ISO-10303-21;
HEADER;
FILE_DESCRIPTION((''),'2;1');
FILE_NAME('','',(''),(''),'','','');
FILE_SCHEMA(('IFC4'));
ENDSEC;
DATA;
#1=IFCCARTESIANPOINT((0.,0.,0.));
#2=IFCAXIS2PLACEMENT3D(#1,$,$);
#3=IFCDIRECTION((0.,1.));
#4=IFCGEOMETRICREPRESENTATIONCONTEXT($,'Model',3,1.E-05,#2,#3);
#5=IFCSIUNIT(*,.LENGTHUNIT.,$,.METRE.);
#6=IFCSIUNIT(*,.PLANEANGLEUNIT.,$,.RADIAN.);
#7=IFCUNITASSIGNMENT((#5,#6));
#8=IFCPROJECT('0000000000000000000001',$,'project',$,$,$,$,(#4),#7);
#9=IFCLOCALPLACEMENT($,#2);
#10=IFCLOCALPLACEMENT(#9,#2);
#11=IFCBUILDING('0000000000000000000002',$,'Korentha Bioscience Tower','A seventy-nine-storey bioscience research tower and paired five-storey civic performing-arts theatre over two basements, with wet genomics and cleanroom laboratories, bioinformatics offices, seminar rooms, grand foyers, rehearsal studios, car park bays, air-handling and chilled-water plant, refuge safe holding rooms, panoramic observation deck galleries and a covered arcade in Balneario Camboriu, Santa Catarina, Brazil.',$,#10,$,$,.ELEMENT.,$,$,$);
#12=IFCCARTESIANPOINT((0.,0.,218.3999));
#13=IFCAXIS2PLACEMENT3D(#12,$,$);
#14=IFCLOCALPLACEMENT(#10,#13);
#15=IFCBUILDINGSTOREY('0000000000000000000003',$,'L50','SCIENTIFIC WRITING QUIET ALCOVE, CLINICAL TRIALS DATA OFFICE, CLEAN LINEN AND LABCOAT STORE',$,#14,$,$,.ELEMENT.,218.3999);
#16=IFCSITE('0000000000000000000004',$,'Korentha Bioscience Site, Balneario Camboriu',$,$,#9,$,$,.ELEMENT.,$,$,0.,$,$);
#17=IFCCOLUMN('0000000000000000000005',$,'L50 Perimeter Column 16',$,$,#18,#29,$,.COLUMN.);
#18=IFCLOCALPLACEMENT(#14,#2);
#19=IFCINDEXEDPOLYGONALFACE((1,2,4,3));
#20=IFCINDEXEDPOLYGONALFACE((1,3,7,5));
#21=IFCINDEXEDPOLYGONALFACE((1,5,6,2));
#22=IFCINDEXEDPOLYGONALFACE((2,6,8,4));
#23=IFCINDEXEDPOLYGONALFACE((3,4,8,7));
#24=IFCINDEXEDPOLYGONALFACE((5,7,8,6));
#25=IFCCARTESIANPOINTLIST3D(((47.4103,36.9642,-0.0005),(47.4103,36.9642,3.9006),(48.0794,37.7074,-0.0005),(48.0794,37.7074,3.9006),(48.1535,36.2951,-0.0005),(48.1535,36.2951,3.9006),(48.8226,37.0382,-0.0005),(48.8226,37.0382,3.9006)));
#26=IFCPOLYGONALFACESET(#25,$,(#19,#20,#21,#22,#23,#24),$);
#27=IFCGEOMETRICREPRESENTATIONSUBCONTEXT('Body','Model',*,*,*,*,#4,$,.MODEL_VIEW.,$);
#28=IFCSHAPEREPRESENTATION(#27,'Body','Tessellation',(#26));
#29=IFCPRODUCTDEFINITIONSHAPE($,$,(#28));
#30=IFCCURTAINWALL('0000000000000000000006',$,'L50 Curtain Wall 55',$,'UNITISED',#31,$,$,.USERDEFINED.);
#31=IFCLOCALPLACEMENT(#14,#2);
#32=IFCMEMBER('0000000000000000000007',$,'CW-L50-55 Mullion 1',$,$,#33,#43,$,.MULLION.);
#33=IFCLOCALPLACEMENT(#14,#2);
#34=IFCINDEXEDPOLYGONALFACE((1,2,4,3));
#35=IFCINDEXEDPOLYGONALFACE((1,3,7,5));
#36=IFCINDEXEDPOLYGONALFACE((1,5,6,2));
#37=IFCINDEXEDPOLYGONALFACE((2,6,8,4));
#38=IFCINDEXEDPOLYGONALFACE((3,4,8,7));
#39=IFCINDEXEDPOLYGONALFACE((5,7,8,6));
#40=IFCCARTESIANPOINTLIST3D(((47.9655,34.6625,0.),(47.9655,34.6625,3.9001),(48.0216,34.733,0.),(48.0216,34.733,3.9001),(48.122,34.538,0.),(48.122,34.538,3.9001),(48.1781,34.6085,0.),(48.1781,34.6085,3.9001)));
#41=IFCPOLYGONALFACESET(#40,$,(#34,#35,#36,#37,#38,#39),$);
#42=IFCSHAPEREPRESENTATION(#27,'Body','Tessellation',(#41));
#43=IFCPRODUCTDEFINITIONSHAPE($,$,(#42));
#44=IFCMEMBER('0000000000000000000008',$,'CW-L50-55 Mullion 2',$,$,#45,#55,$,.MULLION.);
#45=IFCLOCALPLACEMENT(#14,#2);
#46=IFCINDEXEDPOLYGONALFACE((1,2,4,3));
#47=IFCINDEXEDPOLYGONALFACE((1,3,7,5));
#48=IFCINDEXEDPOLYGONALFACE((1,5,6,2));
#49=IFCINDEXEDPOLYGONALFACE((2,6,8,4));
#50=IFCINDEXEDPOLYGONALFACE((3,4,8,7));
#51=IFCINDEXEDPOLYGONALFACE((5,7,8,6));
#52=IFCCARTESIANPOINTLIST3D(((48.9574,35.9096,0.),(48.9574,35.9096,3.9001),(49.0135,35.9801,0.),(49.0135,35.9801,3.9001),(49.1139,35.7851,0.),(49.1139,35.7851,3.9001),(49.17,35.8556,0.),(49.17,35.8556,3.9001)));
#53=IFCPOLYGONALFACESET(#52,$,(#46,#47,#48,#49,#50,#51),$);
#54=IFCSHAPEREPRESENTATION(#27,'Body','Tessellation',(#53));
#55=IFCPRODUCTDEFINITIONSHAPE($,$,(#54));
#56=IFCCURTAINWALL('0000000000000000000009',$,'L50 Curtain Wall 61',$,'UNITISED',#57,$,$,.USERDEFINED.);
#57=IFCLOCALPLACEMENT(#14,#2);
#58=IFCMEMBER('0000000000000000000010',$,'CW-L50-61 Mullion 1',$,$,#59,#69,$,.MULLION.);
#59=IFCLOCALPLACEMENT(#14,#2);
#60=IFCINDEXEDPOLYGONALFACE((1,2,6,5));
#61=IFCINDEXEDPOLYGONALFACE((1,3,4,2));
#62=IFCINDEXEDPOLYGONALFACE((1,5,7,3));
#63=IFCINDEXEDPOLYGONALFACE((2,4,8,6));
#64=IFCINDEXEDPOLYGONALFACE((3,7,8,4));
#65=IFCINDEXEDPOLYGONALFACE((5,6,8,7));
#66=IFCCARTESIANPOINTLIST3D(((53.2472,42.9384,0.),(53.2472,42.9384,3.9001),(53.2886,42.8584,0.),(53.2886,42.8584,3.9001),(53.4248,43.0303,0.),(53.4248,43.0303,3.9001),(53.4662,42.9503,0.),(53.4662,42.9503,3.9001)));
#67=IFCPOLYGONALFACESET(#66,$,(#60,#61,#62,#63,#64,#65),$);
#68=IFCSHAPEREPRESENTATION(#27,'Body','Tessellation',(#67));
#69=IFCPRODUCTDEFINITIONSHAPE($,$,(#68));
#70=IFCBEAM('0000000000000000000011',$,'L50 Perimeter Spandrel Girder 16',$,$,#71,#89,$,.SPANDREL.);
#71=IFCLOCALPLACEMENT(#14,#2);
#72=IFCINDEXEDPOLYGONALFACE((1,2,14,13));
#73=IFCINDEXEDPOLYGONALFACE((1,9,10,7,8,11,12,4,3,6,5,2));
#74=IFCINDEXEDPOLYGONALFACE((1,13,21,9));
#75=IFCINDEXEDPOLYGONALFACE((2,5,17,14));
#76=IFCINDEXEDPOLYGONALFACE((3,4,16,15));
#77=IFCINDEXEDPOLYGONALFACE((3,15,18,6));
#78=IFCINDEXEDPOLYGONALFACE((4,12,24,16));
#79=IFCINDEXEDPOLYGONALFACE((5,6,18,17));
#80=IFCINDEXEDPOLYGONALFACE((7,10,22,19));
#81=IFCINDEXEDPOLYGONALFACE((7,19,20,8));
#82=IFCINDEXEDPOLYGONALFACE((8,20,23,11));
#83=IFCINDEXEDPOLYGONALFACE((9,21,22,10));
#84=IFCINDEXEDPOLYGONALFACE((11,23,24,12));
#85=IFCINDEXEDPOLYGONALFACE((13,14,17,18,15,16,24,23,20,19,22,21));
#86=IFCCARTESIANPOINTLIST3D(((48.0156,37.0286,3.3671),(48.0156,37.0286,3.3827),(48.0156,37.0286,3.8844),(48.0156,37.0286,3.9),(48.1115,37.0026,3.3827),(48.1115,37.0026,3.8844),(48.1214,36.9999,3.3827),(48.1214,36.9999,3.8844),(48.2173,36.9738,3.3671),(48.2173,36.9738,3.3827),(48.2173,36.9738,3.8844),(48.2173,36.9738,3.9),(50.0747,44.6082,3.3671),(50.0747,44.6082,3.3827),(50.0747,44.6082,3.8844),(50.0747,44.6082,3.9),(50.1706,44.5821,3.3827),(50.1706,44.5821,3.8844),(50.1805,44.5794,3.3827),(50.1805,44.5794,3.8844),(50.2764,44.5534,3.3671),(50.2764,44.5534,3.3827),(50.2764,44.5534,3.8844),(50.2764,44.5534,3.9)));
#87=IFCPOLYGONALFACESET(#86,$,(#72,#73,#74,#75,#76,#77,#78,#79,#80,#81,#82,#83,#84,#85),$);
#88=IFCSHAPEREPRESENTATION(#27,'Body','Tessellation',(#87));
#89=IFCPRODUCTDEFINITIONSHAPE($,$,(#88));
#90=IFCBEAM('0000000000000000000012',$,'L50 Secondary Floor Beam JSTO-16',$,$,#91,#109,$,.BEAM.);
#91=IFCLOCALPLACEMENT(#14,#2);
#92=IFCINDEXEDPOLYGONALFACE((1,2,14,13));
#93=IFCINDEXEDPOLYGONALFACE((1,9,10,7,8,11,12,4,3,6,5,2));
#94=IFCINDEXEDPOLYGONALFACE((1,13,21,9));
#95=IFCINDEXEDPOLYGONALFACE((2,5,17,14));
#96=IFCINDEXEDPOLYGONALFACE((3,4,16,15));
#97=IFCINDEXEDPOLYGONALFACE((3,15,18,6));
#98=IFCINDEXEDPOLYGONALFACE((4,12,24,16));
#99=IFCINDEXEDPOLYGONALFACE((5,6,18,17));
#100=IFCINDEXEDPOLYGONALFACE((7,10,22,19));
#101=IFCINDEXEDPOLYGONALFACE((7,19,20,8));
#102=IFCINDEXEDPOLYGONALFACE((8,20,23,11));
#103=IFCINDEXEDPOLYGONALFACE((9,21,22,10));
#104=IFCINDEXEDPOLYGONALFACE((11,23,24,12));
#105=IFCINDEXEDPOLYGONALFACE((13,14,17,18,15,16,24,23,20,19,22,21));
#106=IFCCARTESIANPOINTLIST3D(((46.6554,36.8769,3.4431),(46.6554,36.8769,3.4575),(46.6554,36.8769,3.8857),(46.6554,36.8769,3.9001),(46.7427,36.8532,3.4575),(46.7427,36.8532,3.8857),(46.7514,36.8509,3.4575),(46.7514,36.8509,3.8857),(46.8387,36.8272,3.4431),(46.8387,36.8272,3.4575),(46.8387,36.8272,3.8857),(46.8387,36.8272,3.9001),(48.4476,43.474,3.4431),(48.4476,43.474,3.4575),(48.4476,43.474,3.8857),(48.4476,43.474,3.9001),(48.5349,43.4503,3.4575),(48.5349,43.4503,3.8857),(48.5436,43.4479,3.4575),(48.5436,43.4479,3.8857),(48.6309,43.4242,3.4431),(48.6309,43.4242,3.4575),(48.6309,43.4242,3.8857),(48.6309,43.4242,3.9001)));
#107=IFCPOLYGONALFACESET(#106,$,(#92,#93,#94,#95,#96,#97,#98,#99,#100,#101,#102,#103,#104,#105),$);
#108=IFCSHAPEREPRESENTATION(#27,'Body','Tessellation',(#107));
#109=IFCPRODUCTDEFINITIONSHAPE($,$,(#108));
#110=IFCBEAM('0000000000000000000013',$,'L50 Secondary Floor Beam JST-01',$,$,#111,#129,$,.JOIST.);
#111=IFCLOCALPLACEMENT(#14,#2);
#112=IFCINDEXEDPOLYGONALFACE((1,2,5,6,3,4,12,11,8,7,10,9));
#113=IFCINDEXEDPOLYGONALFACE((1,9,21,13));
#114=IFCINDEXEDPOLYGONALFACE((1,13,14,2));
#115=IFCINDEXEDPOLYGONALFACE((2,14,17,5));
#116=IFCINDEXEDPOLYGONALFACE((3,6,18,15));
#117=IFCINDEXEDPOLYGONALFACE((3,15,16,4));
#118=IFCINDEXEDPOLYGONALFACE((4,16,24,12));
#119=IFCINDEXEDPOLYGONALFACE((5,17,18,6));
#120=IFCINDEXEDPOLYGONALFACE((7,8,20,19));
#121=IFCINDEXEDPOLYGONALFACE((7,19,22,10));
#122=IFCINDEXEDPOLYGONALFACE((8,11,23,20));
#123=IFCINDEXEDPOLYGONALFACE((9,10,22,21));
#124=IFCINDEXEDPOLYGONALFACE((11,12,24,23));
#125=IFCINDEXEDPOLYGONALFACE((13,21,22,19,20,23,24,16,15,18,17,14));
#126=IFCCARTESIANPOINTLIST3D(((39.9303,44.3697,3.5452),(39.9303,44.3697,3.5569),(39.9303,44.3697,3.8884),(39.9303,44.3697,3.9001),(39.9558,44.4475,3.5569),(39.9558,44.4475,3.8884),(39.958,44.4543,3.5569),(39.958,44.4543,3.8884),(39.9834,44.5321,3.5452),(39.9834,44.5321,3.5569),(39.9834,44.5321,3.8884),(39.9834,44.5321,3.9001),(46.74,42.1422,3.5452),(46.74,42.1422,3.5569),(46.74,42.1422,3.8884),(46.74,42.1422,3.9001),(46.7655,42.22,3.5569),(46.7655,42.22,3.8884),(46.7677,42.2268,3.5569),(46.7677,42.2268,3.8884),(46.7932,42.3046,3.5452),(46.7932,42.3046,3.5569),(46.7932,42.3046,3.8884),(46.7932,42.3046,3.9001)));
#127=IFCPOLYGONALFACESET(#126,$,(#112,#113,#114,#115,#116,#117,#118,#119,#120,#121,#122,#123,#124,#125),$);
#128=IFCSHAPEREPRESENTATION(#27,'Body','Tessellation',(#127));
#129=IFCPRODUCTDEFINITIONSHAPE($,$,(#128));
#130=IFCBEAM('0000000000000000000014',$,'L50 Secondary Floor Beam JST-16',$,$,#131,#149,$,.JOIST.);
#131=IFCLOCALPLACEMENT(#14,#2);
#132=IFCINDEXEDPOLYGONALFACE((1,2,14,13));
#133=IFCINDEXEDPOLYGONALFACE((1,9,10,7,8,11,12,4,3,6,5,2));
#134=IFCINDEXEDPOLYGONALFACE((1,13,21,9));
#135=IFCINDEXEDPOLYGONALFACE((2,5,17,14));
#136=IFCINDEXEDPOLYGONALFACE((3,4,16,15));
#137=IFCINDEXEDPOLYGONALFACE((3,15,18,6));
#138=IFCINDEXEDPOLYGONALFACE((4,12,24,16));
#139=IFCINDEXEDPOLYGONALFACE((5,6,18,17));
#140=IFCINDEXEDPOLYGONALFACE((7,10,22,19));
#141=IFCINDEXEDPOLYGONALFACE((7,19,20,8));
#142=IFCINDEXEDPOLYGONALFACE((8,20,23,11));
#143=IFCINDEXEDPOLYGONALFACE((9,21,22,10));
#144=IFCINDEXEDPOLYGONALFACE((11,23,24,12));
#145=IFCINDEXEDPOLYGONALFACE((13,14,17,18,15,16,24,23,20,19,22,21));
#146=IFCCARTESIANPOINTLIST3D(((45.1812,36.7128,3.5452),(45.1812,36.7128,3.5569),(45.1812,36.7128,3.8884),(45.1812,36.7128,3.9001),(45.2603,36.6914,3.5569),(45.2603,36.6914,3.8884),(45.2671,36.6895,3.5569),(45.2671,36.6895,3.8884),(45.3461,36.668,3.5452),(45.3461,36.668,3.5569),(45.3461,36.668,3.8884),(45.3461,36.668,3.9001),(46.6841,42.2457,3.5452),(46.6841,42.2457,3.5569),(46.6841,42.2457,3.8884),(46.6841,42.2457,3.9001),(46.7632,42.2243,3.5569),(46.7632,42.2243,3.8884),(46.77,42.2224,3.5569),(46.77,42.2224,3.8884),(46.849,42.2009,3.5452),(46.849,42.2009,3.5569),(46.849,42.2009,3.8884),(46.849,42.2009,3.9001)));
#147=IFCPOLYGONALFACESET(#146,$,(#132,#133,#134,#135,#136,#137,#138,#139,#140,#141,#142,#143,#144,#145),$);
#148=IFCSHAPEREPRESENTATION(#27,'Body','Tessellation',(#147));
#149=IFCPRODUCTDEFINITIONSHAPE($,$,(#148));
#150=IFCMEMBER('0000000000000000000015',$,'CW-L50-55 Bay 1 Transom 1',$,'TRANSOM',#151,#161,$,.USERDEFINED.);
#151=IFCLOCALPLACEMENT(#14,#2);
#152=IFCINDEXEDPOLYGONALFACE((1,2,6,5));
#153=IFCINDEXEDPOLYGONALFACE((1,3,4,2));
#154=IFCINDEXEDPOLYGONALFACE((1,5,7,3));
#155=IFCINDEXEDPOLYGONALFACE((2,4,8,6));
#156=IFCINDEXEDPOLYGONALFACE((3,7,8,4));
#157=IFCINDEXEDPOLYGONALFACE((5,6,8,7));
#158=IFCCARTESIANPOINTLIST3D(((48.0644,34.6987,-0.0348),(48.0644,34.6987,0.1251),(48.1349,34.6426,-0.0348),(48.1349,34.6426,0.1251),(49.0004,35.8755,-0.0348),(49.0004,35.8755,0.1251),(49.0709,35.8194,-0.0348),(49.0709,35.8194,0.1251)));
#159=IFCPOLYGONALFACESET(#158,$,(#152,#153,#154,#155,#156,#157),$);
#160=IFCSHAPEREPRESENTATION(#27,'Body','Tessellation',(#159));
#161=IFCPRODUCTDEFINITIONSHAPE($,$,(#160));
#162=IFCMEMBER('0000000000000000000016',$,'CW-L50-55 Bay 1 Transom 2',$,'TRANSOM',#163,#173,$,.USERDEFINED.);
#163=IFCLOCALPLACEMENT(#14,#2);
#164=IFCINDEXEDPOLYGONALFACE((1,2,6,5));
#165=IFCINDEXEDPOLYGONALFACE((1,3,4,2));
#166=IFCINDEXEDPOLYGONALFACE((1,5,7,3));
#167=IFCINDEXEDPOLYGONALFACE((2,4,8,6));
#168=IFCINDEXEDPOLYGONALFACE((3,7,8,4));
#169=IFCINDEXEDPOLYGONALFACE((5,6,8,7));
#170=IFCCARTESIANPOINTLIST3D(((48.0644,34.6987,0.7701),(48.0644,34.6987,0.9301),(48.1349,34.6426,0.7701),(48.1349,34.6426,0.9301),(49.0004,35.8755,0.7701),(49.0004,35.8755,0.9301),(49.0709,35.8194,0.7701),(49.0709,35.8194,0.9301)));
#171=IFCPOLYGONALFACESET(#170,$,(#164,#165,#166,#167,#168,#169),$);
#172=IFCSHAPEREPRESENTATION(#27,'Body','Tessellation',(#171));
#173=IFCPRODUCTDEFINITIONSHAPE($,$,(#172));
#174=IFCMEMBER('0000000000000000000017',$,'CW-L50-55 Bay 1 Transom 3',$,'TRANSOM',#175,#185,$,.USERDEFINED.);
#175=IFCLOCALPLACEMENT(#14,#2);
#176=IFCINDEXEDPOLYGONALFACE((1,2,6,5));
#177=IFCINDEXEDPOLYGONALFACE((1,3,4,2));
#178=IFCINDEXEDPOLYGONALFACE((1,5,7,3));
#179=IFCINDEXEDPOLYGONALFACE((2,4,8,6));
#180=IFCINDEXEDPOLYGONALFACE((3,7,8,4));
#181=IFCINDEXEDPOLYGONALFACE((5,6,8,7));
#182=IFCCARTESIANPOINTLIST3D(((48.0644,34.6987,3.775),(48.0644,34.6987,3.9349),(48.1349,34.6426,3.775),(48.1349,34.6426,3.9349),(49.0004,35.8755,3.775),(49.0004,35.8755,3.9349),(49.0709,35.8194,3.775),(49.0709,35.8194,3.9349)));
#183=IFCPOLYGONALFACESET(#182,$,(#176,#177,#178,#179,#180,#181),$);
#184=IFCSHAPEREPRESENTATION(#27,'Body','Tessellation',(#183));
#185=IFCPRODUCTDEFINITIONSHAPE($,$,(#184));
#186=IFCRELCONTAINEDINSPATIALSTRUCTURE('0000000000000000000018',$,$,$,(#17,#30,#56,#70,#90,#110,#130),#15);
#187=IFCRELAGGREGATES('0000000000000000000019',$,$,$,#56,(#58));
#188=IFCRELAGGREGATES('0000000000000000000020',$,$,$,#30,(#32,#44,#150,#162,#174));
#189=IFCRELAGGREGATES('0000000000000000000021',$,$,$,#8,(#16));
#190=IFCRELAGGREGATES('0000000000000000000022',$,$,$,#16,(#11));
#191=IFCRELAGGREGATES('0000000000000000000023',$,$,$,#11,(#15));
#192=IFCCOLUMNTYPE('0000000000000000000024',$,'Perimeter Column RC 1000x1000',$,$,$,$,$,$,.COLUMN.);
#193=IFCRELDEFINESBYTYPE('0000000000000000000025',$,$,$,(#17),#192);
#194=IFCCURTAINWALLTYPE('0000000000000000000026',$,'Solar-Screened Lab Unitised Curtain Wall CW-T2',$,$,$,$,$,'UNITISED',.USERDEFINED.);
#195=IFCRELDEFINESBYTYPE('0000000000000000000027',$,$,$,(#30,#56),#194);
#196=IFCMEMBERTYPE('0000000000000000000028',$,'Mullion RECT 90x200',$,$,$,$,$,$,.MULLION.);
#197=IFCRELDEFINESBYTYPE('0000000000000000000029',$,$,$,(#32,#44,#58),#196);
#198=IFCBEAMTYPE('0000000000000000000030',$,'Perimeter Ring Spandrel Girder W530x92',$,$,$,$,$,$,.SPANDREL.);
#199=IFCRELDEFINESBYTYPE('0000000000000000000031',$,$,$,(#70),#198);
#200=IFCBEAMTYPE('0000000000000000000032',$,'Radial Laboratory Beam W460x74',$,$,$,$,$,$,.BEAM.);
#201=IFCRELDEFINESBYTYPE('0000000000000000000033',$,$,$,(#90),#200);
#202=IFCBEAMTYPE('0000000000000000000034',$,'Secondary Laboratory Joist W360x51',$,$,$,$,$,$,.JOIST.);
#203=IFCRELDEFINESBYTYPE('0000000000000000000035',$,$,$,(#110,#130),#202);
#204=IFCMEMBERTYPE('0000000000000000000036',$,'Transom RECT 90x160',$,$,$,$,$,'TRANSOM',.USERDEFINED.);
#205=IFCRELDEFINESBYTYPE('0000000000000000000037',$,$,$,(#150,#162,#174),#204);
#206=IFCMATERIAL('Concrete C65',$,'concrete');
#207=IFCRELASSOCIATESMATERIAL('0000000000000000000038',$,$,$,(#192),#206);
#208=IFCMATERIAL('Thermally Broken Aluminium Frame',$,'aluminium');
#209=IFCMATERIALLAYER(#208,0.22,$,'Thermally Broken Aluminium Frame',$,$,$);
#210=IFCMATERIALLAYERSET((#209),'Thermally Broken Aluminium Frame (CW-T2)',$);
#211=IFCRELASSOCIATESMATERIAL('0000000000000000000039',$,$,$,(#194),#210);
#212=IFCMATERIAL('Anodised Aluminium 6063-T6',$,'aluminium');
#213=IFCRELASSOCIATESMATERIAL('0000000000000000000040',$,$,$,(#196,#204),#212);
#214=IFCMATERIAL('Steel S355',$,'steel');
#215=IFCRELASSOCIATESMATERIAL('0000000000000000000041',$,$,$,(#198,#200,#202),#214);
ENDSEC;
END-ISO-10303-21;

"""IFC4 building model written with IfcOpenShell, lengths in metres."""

from ifc_helpers import new_model, si_unit, direction, frame, origin, origin_2d, place, context, subcontext, project, spatial, rectangle, i_section, extrude, material, layer, layer_set, material_profile, profile_set, type_object, element, aggregate, save


model = new_model("IFC4")

# Units and contexts
model_context = context("Model", 3, precision=1e-05, world=origin(), true_north=direction((0.0, 1.0)))
body_context = subcontext(model_context, "Body", "Model", "MODEL_VIEW")
ifc_project = project(units=[si_unit("LENGTHUNIT", "METRE"), si_unit("PLANEANGLEUNIT", "RADIAN")], contexts=[model_context])

# Site, building, storey
site_placement = place(None, origin())
site = spatial("IfcSite", under=ifc_project, at=site_placement, Name="Korentha Bioscience Site, Balneario Camboriu", CompositionType="ELEMENT", RefElevation=0.0)
building_placement = place(site_placement, origin())
building = spatial("IfcBuilding", under=site, at=building_placement, Name="Korentha Bioscience Tower", Description="A seventy-nine-storey bioscience research tower and paired five-storey civic performing-arts theatre over two basements, with wet genomics and cleanroom laboratories, bioinformatics offices, seminar rooms, grand foyers, rehearsal studios, car park bays, air-handling and chilled-water plant, refuge safe holding rooms, panoramic observation deck galleries and a covered arcade in Balneario Camboriu, Santa Catarina, Brazil.", CompositionType="ELEMENT")
storey_placement = place(building_placement, frame((0.0, 0.0, 218.3999)))
storey = spatial("IfcBuildingStorey", under=building, at=storey_placement, Name="L50", Description="SCIENTIFIC WRITING QUIET ALCOVE, CLINICAL TRIALS DATA OFFICE, CLEAN LINEN AND LABCOAT STORE", CompositionType="ELEMENT", Elevation=218.3999)

# Column
ifc_material_1 = material(Name="Concrete C65", Category="concrete")
ifc_material_profile_1 = material_profile(ifc_material_1, rectangle(XDim=1.0, YDim=1.0, at=origin_2d()), Name="Concrete C65")
ifc_profile_set_1 = profile_set([ifc_material_profile_1], Name="Concrete C65 (COL-P10)")
column_type = type_object("IfcColumnType", Name="Perimeter Column RC 1000x1000", PredefinedType="COLUMN", material=ifc_profile_set_1)
column_placement = place(storey_placement, frame((48.1165, 37.0012, -0.0005), z_axis=(0.0, 0.0, 1.0), x_axis=(0.669131, 0.743145, 0.0)))
element("IfcColumn", 1, at=column_placement, inside=storey, type_object=column_type, Name="L50 Perimeter Column 16", PredefinedType="COLUMN", context=body_context, shape_type="SweptSolid", body=[
    extrude(rectangle(XDim=1.0, YDim=1.0, at=origin_2d()), origin(), (0.0, 0.0, 1.0), 3.9011),
])

# Curtain wall, members
ifc_material_2 = material(Name="Thermally Broken Aluminium Frame", Category="aluminium")
ifc_layer_1 = layer(ifc_material_2, 0.22, Name="Thermally Broken Aluminium Frame")
ifc_layer_set_1 = layer_set([ifc_layer_1], Name="Thermally Broken Aluminium Frame (CW-T2)")
curtain_wall_type = type_object("IfcCurtainWallType", Name="Solar-Screened Lab Unitised Curtain Wall CW-T2", ElementType="UNITISED", PredefinedType="USERDEFINED", material=ifc_layer_set_1)
curtain_wall_1_placement = place(storey_placement, origin())
curtain_wall_1 = element("IfcCurtainWall", 2, at=curtain_wall_1_placement, inside=storey, type_object=curtain_wall_type, Name="L50 Curtain Wall 55", ObjectType="UNITISED", PredefinedType="USERDEFINED")
ifc_material_3 = material(Name="Anodised Aluminium 6063-T6", Category="aluminium")
ifc_material_profile_2 = material_profile(ifc_material_3, rectangle(XDim=0.0901, YDim=0.2, at=origin_2d()), Name="Anodised Aluminium 6063-T6")
ifc_profile_set_2 = profile_set([ifc_material_profile_2], Name="Anodised Aluminium 6063-T6 (CW-MUL)")
member_type_1 = type_object("IfcMemberType", Name="Mullion RECT 90x200", PredefinedType="MULLION", material=ifc_profile_set_2)
member_1_placement = place(storey_placement, frame((48.0718, 34.6355, 0.0), z_axis=(0.0, 0.0, 1.0), x_axis=(0.622512, 0.78261, 0.0)))
member_1 = element("IfcMember", 3, at=member_1_placement, type_object=member_type_1, Name="CW-L50-55 Mullion 1", PredefinedType="MULLION", context=body_context, shape_type="SweptSolid", body=[
    extrude(rectangle(XDim=0.0901, YDim=0.2, at=origin_2d()), origin(), (0.0, 0.0, 1.0), 3.9001),
])
member_2_placement = place(storey_placement, frame((49.0637, 35.8826, 0.0), z_axis=(0.0, 0.0, 1.0), x_axis=(0.622512, 0.78261, 0.0)))
member_2 = element("IfcMember", 4, at=member_2_placement, type_object=member_type_1, Name="CW-L50-55 Mullion 2", PredefinedType="MULLION", context=body_context, shape_type="SweptSolid", body=[
    extrude(rectangle(XDim=0.0901, YDim=0.2, at=origin_2d()), origin(), (0.0, 0.0, 1.0), 3.9001),
])

# Curtain wall, member
curtain_wall_2_placement = place(storey_placement, origin())
curtain_wall_2 = element("IfcCurtainWall", 5, at=curtain_wall_2_placement, inside=storey, type_object=curtain_wall_type, Name="L50 Curtain Wall 61", ObjectType="UNITISED", PredefinedType="USERDEFINED")
member_3_placement = place(storey_placement, frame((53.3567, 42.9443, 0.0), z_axis=(0.0, 0.0, 1.0), x_axis=(-0.459738, 0.888055, 0.0)))
member_3 = element("IfcMember", 6, at=member_3_placement, type_object=member_type_1, Name="CW-L50-61 Mullion 1", PredefinedType="MULLION", context=body_context, shape_type="SweptSolid", body=[
    extrude(rectangle(XDim=0.0901, YDim=0.2, at=origin_2d()), origin(), (0.0, 0.0, 1.0), 3.9001),
])

# Beams
ifc_material_4 = material(Name="Steel S355", Category="steel")
ifc_material_profile_3 = material_profile(ifc_material_4, i_section(OverallWidth=0.209, OverallDepth=0.533, WebThickness=0.0103, FlangeThickness=0.0156, at=origin_2d()), Name="Steel S355")
ifc_profile_set_3 = profile_set([ifc_material_profile_3], Name="Steel S355 (SB-530)")
beam_type_1 = type_object("IfcBeamType", Name="Perimeter Ring Spandrel Girder W530x92", PredefinedType="SPANDREL", material=ifc_profile_set_3)
beam_1_placement = place(storey_placement, frame((48.1165, 37.0012, 3.6335), z_axis=(0.26216, 0.965024, 0.0), x_axis=(-0.965024, 0.26216, 0.0)))
element("IfcBeam", 7, at=beam_1_placement, inside=storey, type_object=beam_type_1, Name="L50 Perimeter Spandrel Girder 16", PredefinedType="SPANDREL", context=body_context, shape_type="SweptSolid", body=[
    extrude(i_section(OverallWidth=0.209, OverallDepth=0.533, WebThickness=0.0103, FlangeThickness=0.0156, at=origin_2d()), origin(), (0.0, 0.0, 1.0), 7.8542),
])
ifc_material_profile_4 = material_profile(ifc_material_4, i_section(OverallWidth=0.1899, OverallDepth=0.457, WebThickness=0.009, FlangeThickness=0.0144, at=origin_2d()), Name="Steel S355")
ifc_profile_set_4 = profile_set([ifc_material_profile_4], Name="Steel S355 (RB-460)")
beam_type_2 = type_object("IfcBeamType", Name="Radial Laboratory Beam W460x74", PredefinedType="BEAM", material=ifc_profile_set_4)
beam_2_placement = place(storey_placement, frame((46.7471, 36.8521, 3.6716), z_axis=(0.262165, 0.965023, 0.0), x_axis=(-0.965023, 0.262165, 0.0)))
element("IfcBeam", 8, at=beam_2_placement, inside=storey, type_object=beam_type_2, Name="L50 Secondary Floor Beam JSTO-16", PredefinedType="BEAM", context=body_context, shape_type="SweptSolid", body=[
    extrude(i_section(OverallWidth=0.1899, OverallDepth=0.457, WebThickness=0.009, FlangeThickness=0.0144, at=origin_2d()), origin(), (0.0, 0.0, 1.0), 6.8362),
])
ifc_material_profile_5 = material_profile(ifc_material_4, i_section(OverallWidth=0.1709, OverallDepth=0.355, WebThickness=0.0071, FlangeThickness=0.0117, at=origin_2d()), Name="Steel S355")
ifc_profile_set_5 = profile_set([ifc_material_profile_5], Name="Steel S355 (JB-360)")
beam_type_3 = type_object("IfcBeamType", Name="Secondary Laboratory Joist W360x51", PredefinedType="JOIST", material=ifc_profile_set_5)
beam_3_placement = place(storey_placement, frame((46.7666, 42.2234, 3.7227), z_axis=(-0.950444, 0.310897, 0.0), x_axis=(-0.310897, -0.950444, 0.0)))
element("IfcBeam", 9, at=beam_3_placement, inside=storey, type_object=beam_type_3, Name="L50 Secondary Floor Beam JST-01", PredefinedType="JOIST", context=body_context, shape_type="SweptSolid", body=[
    extrude(i_section(OverallWidth=0.1709, OverallDepth=0.355, WebThickness=0.0071, FlangeThickness=0.0117, at=origin_2d()), origin(), (0.0, 0.0, 1.0), 7.1648),
])
beam_4_placement = place(storey_placement, frame((45.2637, 36.6904, 3.7227), z_axis=(0.262134, 0.965032, 0.0), x_axis=(-0.965032, 0.262134, 0.0)))
element("IfcBeam", 10, at=beam_4_placement, inside=storey, type_object=beam_type_3, Name="L50 Secondary Floor Beam JST-16", PredefinedType="JOIST", context=body_context, shape_type="SweptSolid", body=[
    extrude(i_section(OverallWidth=0.1709, OverallDepth=0.355, WebThickness=0.0071, FlangeThickness=0.0117, at=origin_2d()), origin(), (0.0, 0.0, 1.0), 5.7334),
])

# Members
ifc_material_profile_6 = material_profile(ifc_material_3, rectangle(XDim=0.0901, YDim=0.1599, at=origin_2d()), Name="Anodised Aluminium 6063-T6")
ifc_profile_set_6 = profile_set([ifc_material_profile_6], Name="Anodised Aluminium 6063-T6 (CW-TRN)")
member_type_2 = type_object("IfcMemberType", Name="Transom RECT 90x160", ElementType="TRANSOM", PredefinedType="USERDEFINED", material=ifc_profile_set_6)
member_4_placement = place(storey_placement, frame((48.0996, 34.6707, 0.0452), z_axis=(0.622515, 0.782608, 0.0), x_axis=(-0.782608, 0.622515, 0.0)))
member_4 = element("IfcMember", 11, at=member_4_placement, type_object=member_type_2, Name="CW-L50-55 Bay 1 Transom 1", ObjectType="TRANSOM", PredefinedType="USERDEFINED", context=body_context, shape_type="SweptSolid", body=[
    extrude(rectangle(XDim=0.0901, YDim=0.1599, at=origin_2d()), origin(), (0.0, 0.0, 1.0), 1.5037),
])
member_5_placement = place(storey_placement, frame((48.0996, 34.6707, 0.8501), z_axis=(0.622515, 0.782608, 0.0), x_axis=(-0.782608, 0.622515, 0.0)))
member_5 = element("IfcMember", 12, at=member_5_placement, type_object=member_type_2, Name="CW-L50-55 Bay 1 Transom 2", ObjectType="TRANSOM", PredefinedType="USERDEFINED", context=body_context, shape_type="SweptSolid", body=[
    extrude(rectangle(XDim=0.0901, YDim=0.1599, at=origin_2d()), origin(), (0.0, 0.0, 1.0), 1.5037),
])
member_6_placement = place(storey_placement, frame((48.0996, 34.6707, 3.855), z_axis=(0.622515, 0.782608, 0.0), x_axis=(-0.782608, 0.622515, 0.0)))
member_6 = element("IfcMember", 13, at=member_6_placement, type_object=member_type_2, Name="CW-L50-55 Bay 1 Transom 3", ObjectType="TRANSOM", PredefinedType="USERDEFINED", context=body_context, shape_type="SweptSolid", body=[
    extrude(rectangle(XDim=0.0901, YDim=0.1599, at=origin_2d()), origin(), (0.0, 0.0, 1.0), 1.5037),
])
aggregate(curtain_wall_2, [member_3])

aggregate(curtain_wall_1, [member_1, member_2, member_4, member_5, member_6])

save(model, "model.ifc")
